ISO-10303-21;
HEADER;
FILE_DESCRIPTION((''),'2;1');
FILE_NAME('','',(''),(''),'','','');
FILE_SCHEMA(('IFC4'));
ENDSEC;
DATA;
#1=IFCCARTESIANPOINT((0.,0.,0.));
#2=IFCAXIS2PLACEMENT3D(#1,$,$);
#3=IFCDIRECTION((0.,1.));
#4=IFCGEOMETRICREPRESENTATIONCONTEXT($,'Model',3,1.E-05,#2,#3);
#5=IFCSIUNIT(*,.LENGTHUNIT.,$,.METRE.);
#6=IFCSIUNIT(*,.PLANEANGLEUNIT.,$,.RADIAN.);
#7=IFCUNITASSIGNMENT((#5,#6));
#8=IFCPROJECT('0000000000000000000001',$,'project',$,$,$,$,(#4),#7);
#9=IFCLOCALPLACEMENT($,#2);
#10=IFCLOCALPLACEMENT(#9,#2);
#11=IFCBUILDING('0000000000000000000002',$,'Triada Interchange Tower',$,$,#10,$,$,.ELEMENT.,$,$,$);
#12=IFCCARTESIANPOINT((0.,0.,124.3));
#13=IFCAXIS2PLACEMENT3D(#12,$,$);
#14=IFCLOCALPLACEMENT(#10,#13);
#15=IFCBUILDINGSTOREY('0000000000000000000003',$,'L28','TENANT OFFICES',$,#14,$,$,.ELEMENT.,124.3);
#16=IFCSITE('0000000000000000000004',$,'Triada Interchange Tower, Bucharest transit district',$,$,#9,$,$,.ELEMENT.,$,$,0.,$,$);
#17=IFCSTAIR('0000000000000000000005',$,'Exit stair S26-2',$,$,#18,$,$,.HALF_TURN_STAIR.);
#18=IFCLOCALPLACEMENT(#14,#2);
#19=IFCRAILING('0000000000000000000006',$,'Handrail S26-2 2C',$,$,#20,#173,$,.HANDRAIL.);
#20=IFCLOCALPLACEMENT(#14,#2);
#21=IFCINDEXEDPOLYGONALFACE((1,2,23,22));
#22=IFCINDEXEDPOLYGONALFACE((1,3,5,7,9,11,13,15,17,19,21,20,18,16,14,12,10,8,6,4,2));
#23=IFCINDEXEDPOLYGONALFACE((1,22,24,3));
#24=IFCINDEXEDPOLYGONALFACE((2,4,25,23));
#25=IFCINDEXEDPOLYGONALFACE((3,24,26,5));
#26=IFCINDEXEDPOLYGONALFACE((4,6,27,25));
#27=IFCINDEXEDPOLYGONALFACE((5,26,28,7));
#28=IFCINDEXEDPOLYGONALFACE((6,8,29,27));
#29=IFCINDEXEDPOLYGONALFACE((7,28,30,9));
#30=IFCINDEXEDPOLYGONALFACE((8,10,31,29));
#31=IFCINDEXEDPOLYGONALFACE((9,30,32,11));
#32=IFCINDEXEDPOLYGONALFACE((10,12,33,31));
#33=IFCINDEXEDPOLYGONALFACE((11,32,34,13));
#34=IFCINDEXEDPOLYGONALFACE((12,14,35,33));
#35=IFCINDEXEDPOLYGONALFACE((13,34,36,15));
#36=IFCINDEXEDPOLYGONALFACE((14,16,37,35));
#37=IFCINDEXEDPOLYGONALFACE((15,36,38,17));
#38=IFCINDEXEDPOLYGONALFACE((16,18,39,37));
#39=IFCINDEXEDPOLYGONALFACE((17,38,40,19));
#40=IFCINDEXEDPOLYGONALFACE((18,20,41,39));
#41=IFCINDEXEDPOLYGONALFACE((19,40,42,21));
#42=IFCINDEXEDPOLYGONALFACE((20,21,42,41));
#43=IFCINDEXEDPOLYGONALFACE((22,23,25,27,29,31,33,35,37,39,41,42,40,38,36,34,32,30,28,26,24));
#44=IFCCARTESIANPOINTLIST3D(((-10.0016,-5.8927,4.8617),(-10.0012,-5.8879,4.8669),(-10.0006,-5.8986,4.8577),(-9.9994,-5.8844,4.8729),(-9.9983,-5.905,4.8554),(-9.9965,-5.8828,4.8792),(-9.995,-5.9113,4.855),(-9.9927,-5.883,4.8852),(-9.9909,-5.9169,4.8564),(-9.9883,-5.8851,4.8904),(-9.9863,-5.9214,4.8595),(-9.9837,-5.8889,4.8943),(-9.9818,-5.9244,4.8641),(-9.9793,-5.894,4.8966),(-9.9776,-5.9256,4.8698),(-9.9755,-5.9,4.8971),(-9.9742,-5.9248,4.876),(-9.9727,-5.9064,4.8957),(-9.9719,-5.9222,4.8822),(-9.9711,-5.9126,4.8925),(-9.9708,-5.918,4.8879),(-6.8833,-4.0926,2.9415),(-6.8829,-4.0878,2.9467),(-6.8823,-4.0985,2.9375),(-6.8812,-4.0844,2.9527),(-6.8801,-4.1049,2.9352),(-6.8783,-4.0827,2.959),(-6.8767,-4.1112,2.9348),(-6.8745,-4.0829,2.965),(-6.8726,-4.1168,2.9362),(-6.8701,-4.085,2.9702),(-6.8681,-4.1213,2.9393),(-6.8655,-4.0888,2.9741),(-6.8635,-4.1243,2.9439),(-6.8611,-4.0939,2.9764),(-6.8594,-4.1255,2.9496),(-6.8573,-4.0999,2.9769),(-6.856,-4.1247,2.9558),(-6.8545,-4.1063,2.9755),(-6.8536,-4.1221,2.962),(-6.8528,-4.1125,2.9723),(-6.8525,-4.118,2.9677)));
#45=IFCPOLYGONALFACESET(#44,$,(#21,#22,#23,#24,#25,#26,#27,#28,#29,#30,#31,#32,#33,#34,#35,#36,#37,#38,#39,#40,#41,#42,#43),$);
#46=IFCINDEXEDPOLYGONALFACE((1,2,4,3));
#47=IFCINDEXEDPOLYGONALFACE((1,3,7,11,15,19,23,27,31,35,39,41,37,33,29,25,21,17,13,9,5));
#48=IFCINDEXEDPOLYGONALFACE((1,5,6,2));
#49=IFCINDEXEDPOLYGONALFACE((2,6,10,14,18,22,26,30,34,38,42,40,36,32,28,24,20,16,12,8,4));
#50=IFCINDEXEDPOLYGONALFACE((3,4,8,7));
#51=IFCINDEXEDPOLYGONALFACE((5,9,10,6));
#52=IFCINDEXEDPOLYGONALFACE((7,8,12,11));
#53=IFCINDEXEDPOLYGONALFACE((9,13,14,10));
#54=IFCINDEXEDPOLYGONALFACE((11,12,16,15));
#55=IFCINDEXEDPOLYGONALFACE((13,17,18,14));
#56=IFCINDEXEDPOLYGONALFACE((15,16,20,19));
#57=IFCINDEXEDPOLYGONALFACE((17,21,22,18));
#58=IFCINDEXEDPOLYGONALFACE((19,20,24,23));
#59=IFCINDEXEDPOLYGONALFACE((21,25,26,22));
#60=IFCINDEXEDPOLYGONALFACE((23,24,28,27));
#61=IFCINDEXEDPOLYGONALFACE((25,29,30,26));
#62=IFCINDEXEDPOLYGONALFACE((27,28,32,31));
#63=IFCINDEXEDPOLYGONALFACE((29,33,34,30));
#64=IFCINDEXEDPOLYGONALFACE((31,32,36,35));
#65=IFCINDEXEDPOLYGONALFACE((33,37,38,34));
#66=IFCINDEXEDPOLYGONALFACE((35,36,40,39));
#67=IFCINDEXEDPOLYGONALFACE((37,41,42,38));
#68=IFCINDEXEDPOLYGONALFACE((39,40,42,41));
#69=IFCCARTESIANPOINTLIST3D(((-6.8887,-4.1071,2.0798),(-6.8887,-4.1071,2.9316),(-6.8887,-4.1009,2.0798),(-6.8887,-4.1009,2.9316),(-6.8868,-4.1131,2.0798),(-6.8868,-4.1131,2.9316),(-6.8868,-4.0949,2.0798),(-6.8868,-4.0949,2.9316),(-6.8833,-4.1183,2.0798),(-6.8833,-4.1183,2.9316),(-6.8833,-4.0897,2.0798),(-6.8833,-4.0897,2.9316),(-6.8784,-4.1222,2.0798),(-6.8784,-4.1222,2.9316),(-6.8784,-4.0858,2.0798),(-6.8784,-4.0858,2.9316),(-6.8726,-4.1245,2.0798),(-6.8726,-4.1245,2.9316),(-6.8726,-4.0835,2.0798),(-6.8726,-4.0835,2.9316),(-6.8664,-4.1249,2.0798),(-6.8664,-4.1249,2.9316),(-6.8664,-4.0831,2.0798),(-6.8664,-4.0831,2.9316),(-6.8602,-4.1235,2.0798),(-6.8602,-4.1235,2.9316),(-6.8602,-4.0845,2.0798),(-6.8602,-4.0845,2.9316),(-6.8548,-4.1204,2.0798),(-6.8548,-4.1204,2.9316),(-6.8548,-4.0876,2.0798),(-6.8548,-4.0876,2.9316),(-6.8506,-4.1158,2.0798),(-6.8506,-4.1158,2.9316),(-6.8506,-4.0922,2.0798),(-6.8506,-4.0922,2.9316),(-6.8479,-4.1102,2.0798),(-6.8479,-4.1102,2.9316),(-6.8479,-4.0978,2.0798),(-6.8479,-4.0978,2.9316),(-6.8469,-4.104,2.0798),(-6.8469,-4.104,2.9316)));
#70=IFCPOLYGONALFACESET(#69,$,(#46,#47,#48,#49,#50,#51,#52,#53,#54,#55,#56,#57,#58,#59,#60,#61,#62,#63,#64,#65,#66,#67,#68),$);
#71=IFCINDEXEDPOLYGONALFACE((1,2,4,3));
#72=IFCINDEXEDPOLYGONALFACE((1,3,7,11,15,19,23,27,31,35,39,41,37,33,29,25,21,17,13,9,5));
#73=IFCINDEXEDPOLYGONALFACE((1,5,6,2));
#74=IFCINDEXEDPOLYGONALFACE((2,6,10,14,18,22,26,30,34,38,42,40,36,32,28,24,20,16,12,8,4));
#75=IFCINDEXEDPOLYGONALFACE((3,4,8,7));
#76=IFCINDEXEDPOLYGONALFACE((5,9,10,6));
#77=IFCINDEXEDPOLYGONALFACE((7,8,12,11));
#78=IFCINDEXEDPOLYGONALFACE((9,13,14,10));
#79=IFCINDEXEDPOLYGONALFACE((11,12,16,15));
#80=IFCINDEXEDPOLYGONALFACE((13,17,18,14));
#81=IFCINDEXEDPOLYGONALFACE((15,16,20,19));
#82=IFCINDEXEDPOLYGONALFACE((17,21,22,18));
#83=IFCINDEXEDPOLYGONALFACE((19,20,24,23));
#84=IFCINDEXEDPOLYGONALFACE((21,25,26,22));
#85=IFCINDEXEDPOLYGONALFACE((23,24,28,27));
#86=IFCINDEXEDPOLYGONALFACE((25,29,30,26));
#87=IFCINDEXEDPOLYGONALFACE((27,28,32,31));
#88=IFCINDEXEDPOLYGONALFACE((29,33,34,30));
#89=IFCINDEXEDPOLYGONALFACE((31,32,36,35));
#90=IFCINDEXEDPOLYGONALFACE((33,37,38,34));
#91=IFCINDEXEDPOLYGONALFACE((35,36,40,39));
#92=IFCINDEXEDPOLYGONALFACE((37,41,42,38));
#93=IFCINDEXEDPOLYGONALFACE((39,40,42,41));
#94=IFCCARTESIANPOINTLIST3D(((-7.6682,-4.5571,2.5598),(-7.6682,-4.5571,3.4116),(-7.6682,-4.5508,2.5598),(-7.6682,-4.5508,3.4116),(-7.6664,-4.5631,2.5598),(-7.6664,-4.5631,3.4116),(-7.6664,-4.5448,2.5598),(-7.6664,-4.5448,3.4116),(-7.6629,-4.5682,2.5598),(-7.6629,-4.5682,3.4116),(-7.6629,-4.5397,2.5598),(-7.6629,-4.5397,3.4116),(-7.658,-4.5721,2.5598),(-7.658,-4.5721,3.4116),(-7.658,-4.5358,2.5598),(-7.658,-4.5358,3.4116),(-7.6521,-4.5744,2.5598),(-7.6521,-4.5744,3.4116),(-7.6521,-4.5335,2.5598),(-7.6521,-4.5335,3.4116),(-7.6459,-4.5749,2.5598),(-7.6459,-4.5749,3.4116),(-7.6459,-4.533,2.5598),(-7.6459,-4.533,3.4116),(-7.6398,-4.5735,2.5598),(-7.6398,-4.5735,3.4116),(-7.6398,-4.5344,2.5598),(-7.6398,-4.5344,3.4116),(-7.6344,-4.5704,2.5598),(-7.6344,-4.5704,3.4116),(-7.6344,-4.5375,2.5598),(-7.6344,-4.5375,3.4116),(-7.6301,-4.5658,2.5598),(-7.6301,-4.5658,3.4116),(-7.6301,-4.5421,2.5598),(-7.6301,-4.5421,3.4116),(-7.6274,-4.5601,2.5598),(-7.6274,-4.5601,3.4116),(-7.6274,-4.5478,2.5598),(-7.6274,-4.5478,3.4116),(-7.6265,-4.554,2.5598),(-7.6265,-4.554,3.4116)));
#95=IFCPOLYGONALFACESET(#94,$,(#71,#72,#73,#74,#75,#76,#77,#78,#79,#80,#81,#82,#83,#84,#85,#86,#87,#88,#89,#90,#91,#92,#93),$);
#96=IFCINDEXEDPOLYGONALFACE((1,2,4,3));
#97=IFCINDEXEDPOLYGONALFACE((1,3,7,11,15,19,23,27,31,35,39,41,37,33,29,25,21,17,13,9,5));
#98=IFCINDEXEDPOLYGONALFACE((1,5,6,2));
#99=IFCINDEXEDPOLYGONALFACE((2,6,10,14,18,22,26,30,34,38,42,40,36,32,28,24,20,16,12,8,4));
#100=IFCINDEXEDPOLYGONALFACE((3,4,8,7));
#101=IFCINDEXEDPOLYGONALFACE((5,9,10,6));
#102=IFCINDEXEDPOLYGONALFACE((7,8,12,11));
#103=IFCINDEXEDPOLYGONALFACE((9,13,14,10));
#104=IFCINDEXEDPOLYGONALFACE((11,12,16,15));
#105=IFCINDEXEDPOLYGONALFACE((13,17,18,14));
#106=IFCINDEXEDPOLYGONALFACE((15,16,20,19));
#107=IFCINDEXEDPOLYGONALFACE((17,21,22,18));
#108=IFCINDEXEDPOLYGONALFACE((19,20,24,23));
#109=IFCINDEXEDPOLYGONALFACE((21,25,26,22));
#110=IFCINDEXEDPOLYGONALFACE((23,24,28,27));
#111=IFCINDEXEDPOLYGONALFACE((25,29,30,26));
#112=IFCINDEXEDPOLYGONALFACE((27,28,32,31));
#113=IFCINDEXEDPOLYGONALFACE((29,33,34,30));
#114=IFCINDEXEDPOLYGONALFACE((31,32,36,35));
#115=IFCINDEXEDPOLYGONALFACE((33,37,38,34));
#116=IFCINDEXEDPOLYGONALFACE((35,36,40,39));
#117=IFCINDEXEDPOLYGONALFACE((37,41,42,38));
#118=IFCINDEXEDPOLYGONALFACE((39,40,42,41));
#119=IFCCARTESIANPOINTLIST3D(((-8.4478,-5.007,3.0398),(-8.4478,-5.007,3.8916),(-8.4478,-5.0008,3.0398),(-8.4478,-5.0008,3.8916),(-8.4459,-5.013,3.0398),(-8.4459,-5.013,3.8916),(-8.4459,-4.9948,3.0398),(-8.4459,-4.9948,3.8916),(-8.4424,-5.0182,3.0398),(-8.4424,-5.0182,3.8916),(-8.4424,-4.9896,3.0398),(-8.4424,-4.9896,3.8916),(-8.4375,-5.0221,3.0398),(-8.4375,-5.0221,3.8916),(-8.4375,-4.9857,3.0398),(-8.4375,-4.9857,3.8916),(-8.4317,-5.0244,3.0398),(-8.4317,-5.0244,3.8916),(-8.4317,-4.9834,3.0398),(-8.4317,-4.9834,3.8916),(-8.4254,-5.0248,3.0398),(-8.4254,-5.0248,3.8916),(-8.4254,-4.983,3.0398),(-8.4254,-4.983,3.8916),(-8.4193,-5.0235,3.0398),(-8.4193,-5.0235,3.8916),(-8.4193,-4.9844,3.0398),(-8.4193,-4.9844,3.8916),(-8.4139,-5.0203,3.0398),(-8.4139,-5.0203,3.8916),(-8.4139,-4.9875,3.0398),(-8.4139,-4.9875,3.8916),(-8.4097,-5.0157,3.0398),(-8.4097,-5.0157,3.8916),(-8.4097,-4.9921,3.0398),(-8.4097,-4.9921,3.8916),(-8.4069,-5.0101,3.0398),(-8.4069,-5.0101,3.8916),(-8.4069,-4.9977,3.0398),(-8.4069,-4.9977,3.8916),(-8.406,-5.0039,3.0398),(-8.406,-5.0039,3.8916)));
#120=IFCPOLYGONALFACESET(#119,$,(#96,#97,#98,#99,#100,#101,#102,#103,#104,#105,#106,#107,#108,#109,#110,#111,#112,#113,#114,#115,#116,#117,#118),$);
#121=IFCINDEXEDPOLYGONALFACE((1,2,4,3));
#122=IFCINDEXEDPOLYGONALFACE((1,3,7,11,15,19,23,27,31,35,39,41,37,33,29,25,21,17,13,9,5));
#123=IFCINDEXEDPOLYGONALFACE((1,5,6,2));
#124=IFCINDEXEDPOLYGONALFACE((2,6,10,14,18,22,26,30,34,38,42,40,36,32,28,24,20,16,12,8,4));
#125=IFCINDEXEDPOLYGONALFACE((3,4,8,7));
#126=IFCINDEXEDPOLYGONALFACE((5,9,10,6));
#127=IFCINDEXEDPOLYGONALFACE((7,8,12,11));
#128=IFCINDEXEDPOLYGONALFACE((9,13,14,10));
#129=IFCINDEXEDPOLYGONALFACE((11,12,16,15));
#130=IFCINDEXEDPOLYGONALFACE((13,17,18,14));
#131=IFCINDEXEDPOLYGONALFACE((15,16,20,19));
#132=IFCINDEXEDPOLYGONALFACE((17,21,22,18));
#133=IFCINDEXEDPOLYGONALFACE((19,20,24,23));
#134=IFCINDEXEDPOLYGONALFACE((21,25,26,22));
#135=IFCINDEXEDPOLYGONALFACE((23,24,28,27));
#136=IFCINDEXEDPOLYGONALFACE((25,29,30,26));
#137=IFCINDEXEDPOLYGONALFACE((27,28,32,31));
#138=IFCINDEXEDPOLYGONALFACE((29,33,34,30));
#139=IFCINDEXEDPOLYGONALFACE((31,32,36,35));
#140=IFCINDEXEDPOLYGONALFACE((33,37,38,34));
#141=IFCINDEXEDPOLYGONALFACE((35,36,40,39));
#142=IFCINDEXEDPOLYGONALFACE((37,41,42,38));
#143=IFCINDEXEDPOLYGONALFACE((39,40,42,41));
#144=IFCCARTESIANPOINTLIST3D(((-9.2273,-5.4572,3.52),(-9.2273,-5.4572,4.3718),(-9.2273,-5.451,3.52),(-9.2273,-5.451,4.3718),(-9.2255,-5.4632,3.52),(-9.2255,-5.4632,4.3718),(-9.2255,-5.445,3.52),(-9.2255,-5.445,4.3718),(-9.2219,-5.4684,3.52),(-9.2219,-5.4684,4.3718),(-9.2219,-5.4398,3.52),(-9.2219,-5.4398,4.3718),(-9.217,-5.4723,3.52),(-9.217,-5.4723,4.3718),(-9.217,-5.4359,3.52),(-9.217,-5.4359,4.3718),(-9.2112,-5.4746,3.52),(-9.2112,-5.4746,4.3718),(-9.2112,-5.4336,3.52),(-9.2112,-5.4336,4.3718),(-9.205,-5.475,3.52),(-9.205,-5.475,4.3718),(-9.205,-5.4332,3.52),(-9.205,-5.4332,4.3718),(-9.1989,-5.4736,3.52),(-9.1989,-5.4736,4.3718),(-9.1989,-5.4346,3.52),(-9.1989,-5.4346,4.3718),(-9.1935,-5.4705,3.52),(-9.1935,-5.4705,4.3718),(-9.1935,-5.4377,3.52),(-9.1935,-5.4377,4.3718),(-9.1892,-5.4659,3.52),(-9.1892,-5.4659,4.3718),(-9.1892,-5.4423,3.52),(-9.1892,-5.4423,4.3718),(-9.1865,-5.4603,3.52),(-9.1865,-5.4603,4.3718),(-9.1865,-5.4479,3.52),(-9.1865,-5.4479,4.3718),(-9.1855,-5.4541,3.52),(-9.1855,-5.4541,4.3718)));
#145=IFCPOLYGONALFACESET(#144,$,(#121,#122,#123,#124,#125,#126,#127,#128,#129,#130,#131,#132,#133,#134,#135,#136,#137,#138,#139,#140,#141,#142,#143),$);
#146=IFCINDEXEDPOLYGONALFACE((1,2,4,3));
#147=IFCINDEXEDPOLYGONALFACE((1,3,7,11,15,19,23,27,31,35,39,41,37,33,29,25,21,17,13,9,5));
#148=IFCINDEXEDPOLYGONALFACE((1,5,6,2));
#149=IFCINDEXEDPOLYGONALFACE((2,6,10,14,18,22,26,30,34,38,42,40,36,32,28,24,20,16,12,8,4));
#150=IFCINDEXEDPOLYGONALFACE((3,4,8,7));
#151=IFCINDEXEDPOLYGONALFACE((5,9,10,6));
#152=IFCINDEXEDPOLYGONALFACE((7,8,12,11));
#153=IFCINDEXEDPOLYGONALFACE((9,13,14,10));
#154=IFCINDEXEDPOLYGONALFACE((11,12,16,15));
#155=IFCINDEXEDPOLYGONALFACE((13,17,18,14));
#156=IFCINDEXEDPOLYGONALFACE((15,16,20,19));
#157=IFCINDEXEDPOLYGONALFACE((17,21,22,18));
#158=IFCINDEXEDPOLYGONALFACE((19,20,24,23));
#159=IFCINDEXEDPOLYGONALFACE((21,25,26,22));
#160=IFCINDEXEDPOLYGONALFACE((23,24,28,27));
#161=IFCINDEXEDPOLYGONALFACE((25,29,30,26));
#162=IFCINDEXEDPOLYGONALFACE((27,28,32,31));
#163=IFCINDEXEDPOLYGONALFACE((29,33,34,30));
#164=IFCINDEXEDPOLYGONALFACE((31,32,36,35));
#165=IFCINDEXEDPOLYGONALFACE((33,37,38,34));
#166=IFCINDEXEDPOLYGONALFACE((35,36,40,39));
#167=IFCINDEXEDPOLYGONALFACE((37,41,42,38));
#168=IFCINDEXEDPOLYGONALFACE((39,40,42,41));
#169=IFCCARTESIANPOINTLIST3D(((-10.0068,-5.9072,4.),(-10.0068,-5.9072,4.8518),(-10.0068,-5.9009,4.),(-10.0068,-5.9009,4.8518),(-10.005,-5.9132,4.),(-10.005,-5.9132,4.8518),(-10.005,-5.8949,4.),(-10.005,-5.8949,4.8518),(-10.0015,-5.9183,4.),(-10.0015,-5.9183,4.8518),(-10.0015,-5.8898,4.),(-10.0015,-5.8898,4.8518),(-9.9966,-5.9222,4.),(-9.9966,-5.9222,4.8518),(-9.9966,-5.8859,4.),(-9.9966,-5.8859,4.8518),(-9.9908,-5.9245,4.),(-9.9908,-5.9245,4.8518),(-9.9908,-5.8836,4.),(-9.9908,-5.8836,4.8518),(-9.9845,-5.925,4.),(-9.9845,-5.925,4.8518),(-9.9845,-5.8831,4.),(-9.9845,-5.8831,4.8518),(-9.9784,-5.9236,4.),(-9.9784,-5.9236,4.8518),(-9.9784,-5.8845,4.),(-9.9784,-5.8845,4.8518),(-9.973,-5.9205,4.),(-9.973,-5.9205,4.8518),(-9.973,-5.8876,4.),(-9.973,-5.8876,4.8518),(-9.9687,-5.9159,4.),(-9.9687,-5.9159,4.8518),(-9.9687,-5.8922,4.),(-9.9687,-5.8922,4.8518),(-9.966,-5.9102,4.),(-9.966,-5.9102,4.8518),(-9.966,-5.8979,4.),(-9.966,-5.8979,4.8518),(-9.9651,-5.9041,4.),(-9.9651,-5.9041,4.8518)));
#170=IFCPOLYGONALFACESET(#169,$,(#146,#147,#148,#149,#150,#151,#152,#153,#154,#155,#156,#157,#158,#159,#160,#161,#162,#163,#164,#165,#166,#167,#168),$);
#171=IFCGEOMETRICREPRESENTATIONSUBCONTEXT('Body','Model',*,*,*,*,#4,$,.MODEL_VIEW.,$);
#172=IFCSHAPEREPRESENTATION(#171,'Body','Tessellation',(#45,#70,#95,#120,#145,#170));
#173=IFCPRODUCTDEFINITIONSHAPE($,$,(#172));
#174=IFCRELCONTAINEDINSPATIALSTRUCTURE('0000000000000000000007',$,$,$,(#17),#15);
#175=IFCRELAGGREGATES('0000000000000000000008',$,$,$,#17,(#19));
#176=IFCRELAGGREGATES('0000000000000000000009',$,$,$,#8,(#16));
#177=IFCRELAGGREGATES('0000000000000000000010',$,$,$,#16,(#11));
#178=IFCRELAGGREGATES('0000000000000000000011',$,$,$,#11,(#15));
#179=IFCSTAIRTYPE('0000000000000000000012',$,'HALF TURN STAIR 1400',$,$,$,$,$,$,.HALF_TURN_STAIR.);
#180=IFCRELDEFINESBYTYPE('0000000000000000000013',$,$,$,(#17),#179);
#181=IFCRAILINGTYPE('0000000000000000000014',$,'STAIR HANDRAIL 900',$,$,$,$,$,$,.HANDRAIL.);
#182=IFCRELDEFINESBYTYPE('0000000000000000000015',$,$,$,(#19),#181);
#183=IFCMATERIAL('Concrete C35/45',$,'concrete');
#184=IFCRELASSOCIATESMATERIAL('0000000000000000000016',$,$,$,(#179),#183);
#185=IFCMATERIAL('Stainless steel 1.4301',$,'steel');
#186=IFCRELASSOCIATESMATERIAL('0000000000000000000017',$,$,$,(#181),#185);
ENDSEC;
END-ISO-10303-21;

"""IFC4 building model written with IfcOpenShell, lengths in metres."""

from ifc_helpers import new_model, si_unit, direction, frame, origin, origin_2d, place, context, subcontext, project, spatial, circle, extrude, material, type_object, element, aggregate, save


model = new_model("IFC4")

# Units and contexts
model_context = context("Model", 3, precision=1e-05, world=origin(), true_north=direction((0.0, 1.0)))
body_context = subcontext(model_context, "Body", "Model", "MODEL_VIEW")
ifc_project = project(units=[si_unit("LENGTHUNIT", "METRE"), si_unit("PLANEANGLEUNIT", "RADIAN")], contexts=[model_context])

# Site, building, storey
site_placement = place(None, origin())
site = spatial("IfcSite", under=ifc_project, at=site_placement, Name="Triada Interchange Tower, Bucharest transit district", CompositionType="ELEMENT", RefElevation=0.0)
building_placement = place(site_placement, origin())
building = spatial("IfcBuilding", under=site, at=building_placement, Name="Triada Interchange Tower", CompositionType="ELEMENT")
storey_placement = place(building_placement, frame((0.0, 0.0, 124.3)))
storey = spatial("IfcBuildingStorey", under=building, at=storey_placement, Name="L28", Description="TENANT OFFICES", CompositionType="ELEMENT", Elevation=124.3)

# Stair, railing
ifc_material_1 = material(Name="Concrete C35/45", Category="concrete")
stair_type = type_object("IfcStairType", Name="HALF TURN STAIR 1400", PredefinedType="HALF_TURN_STAIR", material=ifc_material_1)
stair_placement = place(storey_placement, origin())
stair = element("IfcStair", 1, at=stair_placement, inside=storey, type_object=stair_type, Name="Exit stair S26-2", PredefinedType="HALF_TURN_STAIR")
ifc_material_2 = material(Name="Stainless steel 1.4301", Category="steel")
railing_type = type_object("IfcRailingType", Name="STAIR HANDRAIL 900", PredefinedType="HANDRAIL", material=ifc_material_2)
railing_1_placement = place(storey_placement, frame((-6.8679, -4.104, 2.0798)))
railing_1 = element("IfcRailing", 2, at=railing_1_placement, type_object=railing_type, Name="Handrail S26-2 2C", PredefinedType="HANDRAIL", context=body_context, shape_type="SweptSolid", body=[
    extrude(circle(Radius=0.0239, at=origin_2d()), frame((0.0, 0.0, 0.876), z_axis=(-0.76417, -0.441139, 0.470576), x_axis=(0.499953, -0.866052, 0.0)), (0.0, 0.0, 1.0), 4.0806),
    extrude(circle(Radius=0.021, at=origin_2d()), origin(), (0.0, 0.0, 1.0), 0.8518),
    extrude(circle(Radius=0.021, at=origin_2d()), frame((-0.7795, -0.45, 0.48)), (0.0, 0.0, 1.0), 0.8518),
    extrude(circle(Radius=0.021, at=origin_2d()), frame((-1.5591, -0.8999, 0.96)), (0.0, 0.0, 1.0), 0.8518),
    extrude(circle(Radius=0.021, at=origin_2d()), frame((-2.3386, -1.3501, 1.4402)), (0.0, 0.0, 1.0), 0.8518),
    extrude(circle(Radius=0.021, at=origin_2d()), frame((-3.1182, -1.8, 1.9202)), (0.0, 0.0, 1.0), 0.8518),
])
aggregate(stair, [railing_1])

save(model, "model.ifc")
